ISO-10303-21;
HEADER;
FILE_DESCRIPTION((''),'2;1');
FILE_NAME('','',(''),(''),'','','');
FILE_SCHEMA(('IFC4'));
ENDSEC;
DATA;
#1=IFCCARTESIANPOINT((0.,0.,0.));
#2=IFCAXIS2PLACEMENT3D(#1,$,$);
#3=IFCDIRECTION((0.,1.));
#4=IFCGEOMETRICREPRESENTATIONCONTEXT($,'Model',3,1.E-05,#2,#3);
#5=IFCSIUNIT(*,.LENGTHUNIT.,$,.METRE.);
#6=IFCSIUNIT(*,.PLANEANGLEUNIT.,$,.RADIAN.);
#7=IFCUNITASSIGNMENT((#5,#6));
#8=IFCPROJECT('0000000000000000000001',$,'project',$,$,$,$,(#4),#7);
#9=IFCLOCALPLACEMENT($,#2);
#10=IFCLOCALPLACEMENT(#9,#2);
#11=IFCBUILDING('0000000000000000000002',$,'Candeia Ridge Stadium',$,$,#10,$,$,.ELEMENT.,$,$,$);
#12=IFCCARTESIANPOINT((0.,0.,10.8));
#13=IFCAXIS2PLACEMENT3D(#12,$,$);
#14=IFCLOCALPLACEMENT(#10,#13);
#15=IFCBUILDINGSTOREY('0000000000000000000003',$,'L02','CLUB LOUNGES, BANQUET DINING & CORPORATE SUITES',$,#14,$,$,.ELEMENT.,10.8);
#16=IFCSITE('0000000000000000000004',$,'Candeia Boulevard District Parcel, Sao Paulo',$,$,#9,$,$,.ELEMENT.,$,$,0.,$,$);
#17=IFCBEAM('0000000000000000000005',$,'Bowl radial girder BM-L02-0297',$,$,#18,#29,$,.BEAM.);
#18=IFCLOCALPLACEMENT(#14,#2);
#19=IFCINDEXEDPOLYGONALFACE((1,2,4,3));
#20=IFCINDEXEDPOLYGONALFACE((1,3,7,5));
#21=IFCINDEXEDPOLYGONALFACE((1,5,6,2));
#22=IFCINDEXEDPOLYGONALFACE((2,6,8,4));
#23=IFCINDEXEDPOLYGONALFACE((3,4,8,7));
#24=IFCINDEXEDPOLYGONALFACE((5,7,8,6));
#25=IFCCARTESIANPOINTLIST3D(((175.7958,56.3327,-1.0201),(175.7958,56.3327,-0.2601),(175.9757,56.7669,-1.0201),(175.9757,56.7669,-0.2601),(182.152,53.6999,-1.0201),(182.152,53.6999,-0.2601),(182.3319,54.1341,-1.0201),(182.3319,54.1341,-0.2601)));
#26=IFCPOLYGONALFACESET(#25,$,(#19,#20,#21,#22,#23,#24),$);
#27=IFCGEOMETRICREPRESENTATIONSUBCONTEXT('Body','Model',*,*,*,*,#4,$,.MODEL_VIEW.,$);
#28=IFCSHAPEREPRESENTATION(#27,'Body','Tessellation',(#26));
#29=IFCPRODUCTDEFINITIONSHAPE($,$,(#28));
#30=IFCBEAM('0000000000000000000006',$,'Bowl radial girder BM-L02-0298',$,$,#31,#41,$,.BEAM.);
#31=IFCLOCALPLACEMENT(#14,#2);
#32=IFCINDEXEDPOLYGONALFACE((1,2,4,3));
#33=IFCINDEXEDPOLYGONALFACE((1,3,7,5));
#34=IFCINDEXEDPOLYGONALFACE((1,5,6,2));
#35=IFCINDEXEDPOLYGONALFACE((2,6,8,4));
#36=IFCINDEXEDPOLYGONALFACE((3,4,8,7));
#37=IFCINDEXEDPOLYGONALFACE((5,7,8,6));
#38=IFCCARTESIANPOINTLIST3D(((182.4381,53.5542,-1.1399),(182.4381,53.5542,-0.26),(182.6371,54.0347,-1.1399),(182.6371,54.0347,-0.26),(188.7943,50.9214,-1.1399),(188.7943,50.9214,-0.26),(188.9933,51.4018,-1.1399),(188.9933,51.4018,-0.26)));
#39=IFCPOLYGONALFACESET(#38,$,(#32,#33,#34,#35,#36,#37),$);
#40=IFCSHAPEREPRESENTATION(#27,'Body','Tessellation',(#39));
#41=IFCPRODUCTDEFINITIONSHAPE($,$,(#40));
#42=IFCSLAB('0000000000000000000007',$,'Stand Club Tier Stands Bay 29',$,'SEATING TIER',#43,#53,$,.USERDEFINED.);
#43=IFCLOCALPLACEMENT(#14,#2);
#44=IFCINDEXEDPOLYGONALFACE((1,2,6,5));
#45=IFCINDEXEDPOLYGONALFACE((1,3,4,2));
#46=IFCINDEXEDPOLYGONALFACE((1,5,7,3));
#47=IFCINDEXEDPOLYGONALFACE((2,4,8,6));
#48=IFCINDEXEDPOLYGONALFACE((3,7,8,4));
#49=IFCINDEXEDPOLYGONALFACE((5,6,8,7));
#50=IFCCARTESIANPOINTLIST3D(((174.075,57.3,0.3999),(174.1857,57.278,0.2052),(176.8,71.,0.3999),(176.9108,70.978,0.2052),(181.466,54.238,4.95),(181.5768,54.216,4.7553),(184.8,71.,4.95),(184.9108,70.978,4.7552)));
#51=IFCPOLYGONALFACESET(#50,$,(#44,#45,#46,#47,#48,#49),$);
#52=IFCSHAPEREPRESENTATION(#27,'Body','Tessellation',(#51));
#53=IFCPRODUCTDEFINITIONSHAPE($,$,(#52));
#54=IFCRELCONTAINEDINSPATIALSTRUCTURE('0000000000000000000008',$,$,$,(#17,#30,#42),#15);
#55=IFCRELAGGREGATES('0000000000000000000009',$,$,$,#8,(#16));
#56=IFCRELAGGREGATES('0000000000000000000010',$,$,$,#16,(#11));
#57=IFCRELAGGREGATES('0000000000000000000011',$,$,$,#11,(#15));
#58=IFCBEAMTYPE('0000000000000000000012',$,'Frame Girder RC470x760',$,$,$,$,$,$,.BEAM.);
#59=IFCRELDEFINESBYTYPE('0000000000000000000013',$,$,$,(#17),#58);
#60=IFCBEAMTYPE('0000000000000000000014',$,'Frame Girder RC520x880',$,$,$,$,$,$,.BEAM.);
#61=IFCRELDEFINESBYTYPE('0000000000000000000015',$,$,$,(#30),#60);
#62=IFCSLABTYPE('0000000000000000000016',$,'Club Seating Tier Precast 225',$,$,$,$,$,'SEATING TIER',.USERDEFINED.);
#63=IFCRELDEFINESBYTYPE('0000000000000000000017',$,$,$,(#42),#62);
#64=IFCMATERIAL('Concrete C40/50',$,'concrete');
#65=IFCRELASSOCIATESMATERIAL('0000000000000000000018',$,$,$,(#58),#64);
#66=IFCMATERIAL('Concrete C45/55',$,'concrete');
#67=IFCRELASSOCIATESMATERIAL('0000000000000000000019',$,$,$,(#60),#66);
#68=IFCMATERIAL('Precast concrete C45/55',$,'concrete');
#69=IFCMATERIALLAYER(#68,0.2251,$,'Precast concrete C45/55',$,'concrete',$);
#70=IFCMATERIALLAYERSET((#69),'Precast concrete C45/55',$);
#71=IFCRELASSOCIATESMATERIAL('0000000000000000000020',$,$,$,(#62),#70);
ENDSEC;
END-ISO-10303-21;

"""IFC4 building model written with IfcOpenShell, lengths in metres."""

from ifc_helpers import new_model, si_unit, direction, frame, origin, origin_2d, place, context, subcontext, project, spatial, polyline, rectangle, outline, extrude, material, layer, layer_set, material_profile, profile_set, type_object, element, save


model = new_model("IFC4")

# Units and contexts
model_context = context("Model", 3, precision=1e-05, world=origin(), true_north=direction((0.0, 1.0)))
body_context = subcontext(model_context, "Body", "Model", "MODEL_VIEW")
ifc_project = project(units=[si_unit("LENGTHUNIT", "METRE"), si_unit("PLANEANGLEUNIT", "RADIAN")], contexts=[model_context])

# Site, building, storey
site_placement = place(None, origin())
site = spatial("IfcSite", under=ifc_project, at=site_placement, Name="Candeia Boulevard District Parcel, Sao Paulo", CompositionType="ELEMENT", RefElevation=0.0)
building_placement = place(site_placement, origin())
building = spatial("IfcBuilding", under=site, at=building_placement, Name="Candeia Ridge Stadium", CompositionType="ELEMENT")
storey_placement = place(building_placement, frame((0.0, 0.0, 10.8)))
storey = spatial("IfcBuildingStorey", under=building, at=storey_placement, Name="L02", Description="CLUB LOUNGES, BANQUET DINING & CORPORATE SUITES", CompositionType="ELEMENT", Elevation=10.8)

# Shared definitions
ifc_material_1 = material(Name="Concrete C45/55", Category="concrete")
ifc_material_2 = material(Name="Concrete C40/50", Category="concrete")

# Beams
ifc_material_profile_1 = material_profile(ifc_material_2, rectangle(XDim=0.47, YDim=0.76, at=origin_2d()), Name="RC470x760", Category="concrete")
ifc_profile_set_1 = profile_set([ifc_material_profile_1], Name="Concrete C40/50")
beam_type_1 = type_object("IfcBeamType", Name="Frame Girder RC470x760", PredefinedType="BEAM", material=ifc_profile_set_1)
beam_1_placement = place(storey_placement, frame((175.8857, 56.5498, -0.6401), z_axis=(0.92388, -0.382682, 0.0), x_axis=(0.382682, 0.92388, 0.0)))
element("IfcBeam", 1, at=beam_1_placement, inside=storey, type_object=beam_type_1, Name="Bowl radial girder BM-L02-0297", PredefinedType="BEAM", context=body_context, shape_type="SweptSolid", body=[
    extrude(rectangle(XDim=0.47, YDim=0.76, at=origin_2d()), origin(), (0.0, 0.0, 1.0), 6.8799),
])
ifc_material_profile_2 = material_profile(ifc_material_1, rectangle(XDim=0.52, YDim=0.8799, at=origin_2d()), Name="RC520x880", Category="concrete")
ifc_profile_set_2 = profile_set([ifc_material_profile_2], Name="Concrete C45/55")
beam_type_2 = type_object("IfcBeamType", Name="Frame Girder RC520x880", PredefinedType="BEAM", material=ifc_profile_set_2)
beam_2_placement = place(storey_placement, frame((182.5376, 53.7944, -0.7), z_axis=(0.92388, -0.382682, 0.0), x_axis=(0.382682, 0.92388, 0.0)))
element("IfcBeam", 2, at=beam_2_placement, inside=storey, type_object=beam_type_2, Name="Bowl radial girder BM-L02-0298", PredefinedType="BEAM", context=body_context, shape_type="SweptSolid", body=[
    extrude(rectangle(XDim=0.52, YDim=0.8799, at=origin_2d()), origin(), (0.0, 0.0, 1.0), 6.8799),
])

# Slab
ifc_material_3 = material(Name="Precast concrete C45/55", Category="concrete")
ifc_layer_1 = layer(ifc_material_3, 0.2251, Name="Precast concrete C45/55", Category="concrete")
ifc_layer_set_1 = layer_set([ifc_layer_1], Name="Precast concrete C45/55")
slab_type = type_object("IfcSlabType", Name="Club Seating Tier Precast 225", ElementType="SEATING TIER", PredefinedType="USERDEFINED", material=ifc_layer_set_1)
slab_placement = place(storey_placement, frame((174.075, 57.3, 0.3999), z_axis=(-0.49201, 0.097864, 0.865072), x_axis=(0.195089, 0.980785, 0.000003)))
element("IfcSlab", 3, at=slab_placement, inside=storey, type_object=slab_type, Name="Stand Club Tier Stands Bay 29", ObjectType="SEATING TIER", PredefinedType="USERDEFINED", context=body_context, shape_type="SweptSolid", body=[
    extrude(outline(polyline([(0.0, 0.0), (13.9684, 0.0), (15.5291, -9.0701), (-1.5612, -9.0703), (0.0, 0.0)])), origin(), (0.0, 0.0, -1.0), 0.2251),
])

save(model, "model.ifc")
